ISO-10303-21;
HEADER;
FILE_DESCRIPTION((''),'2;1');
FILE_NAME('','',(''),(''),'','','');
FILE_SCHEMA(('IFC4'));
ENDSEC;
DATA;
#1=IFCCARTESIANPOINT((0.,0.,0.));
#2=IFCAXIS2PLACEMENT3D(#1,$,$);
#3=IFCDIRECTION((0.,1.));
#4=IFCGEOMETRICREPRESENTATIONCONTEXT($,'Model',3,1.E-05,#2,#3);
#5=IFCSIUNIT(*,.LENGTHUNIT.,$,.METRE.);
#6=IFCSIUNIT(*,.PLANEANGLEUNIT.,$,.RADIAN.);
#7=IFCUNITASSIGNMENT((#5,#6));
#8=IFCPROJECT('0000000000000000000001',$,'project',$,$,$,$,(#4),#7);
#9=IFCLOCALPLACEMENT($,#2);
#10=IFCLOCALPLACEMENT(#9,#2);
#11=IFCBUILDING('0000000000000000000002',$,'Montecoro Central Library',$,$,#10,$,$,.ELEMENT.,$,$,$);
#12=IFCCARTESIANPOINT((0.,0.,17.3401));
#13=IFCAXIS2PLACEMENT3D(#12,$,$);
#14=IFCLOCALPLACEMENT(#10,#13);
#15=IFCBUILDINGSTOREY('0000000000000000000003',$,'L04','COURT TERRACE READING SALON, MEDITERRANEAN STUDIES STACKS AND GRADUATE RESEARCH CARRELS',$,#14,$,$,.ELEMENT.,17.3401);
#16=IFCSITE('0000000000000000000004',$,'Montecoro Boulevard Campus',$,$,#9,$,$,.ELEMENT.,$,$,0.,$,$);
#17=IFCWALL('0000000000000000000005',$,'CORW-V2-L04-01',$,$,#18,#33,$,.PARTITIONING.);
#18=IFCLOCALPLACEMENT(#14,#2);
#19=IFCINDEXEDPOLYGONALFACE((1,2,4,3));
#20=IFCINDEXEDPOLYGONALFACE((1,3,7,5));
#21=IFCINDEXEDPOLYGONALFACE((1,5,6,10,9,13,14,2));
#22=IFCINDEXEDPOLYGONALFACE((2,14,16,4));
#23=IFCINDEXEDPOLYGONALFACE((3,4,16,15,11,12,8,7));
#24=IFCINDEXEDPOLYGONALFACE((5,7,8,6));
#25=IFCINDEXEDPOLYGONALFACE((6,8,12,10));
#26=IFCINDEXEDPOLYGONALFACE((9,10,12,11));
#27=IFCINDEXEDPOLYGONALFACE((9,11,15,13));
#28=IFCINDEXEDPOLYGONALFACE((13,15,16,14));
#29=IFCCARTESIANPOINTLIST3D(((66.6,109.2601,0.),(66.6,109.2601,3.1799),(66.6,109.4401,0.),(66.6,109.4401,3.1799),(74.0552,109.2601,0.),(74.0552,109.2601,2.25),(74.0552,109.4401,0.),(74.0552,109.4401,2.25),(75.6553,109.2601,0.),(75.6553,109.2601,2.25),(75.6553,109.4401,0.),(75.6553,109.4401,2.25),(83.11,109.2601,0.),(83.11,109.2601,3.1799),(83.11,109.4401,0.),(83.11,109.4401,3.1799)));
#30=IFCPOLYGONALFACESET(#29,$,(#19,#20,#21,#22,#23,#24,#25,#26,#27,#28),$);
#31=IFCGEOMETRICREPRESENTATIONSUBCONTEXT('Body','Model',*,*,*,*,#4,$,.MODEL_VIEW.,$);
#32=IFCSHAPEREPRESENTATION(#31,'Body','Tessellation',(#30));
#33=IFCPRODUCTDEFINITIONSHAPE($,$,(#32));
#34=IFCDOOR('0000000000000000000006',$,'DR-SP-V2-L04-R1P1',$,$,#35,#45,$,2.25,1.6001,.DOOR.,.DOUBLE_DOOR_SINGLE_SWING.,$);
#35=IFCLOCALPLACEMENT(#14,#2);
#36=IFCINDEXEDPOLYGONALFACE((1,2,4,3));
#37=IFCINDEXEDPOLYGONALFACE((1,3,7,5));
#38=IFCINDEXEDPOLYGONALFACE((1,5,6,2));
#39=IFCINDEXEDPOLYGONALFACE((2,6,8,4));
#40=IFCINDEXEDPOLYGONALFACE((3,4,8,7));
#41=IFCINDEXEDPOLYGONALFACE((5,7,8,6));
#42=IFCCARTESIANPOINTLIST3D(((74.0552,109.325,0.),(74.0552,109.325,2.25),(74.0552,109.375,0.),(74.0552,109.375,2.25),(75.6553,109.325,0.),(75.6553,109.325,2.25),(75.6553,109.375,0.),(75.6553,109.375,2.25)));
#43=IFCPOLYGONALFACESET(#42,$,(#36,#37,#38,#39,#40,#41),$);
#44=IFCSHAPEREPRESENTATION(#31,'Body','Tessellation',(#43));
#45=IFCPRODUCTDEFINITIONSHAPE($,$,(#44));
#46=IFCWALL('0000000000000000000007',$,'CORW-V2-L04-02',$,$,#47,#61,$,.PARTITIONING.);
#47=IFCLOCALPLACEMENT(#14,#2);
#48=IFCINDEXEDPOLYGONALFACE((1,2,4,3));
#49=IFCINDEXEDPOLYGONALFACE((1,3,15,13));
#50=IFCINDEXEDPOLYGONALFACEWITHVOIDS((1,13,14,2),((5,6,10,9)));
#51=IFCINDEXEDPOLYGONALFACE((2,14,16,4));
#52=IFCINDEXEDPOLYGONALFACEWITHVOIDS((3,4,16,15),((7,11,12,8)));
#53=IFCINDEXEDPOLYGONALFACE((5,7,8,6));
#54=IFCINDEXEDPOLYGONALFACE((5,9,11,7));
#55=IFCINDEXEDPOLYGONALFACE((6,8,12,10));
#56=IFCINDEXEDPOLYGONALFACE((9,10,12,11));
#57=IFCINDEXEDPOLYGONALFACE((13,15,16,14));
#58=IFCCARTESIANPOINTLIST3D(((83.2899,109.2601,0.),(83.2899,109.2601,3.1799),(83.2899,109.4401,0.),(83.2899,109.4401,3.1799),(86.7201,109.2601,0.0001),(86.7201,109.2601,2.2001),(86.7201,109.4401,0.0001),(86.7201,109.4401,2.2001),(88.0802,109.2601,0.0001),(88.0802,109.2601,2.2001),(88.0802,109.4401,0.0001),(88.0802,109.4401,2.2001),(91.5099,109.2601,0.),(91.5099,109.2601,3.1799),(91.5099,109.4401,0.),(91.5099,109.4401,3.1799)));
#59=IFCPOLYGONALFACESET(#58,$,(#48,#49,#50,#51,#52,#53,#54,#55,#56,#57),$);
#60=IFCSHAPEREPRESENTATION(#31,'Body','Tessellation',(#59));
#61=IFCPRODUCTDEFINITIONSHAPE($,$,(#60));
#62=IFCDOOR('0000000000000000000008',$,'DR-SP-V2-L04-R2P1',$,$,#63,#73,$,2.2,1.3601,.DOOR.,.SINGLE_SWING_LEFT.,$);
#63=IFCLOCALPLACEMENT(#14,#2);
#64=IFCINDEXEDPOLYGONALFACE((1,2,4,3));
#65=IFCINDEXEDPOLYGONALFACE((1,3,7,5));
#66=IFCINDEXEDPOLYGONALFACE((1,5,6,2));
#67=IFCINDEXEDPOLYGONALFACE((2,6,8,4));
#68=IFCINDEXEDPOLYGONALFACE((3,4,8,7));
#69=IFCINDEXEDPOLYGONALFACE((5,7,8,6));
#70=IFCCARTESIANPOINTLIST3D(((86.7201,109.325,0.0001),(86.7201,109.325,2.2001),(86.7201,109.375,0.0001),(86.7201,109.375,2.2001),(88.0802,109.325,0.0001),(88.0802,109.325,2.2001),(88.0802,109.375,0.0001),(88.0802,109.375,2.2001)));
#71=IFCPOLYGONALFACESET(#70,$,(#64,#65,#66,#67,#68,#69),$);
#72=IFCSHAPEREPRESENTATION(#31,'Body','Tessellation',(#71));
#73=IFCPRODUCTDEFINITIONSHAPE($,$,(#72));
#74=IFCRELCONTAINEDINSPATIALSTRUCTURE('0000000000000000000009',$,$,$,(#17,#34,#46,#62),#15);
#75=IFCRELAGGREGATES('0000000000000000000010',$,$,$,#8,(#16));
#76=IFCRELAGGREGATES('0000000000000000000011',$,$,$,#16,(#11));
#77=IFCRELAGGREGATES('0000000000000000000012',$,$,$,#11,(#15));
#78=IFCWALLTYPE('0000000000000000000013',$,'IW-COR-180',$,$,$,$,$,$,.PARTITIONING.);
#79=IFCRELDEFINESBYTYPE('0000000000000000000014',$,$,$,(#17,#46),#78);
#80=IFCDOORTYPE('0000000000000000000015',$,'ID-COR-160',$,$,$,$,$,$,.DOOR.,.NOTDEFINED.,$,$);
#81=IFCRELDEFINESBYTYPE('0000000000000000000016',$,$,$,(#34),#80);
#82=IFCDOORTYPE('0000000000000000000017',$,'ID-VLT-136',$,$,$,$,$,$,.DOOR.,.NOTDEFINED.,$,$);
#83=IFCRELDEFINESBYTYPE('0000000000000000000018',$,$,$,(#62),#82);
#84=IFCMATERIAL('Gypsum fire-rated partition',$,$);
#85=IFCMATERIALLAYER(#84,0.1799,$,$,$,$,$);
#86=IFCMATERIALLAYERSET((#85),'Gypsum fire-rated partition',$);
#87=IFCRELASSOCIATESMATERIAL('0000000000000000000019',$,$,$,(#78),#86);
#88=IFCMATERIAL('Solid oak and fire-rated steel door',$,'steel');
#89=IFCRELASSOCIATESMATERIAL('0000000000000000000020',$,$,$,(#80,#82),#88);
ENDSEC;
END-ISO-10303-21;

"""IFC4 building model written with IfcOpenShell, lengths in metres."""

from ifc_helpers import new_model, si_unit, direction, frame, frame_2d, origin, place, context, subcontext, project, spatial, rectangle, extrude, material, layer, layer_set, type_object, element, fill, save


model = new_model("IFC4")

# Units and contexts
model_context = context("Model", 3, precision=1e-05, world=origin(), true_north=direction((0.0, 1.0)))
body_context = subcontext(model_context, "Body", "Model", "MODEL_VIEW")
ifc_project = project(units=[si_unit("LENGTHUNIT", "METRE"), si_unit("PLANEANGLEUNIT", "RADIAN")], contexts=[model_context])

# Site, building, storey
site_placement = place(None, origin())
site = spatial("IfcSite", under=ifc_project, at=site_placement, Name="Montecoro Boulevard Campus", CompositionType="ELEMENT", RefElevation=0.0)
building_placement = place(site_placement, origin())
building = spatial("IfcBuilding", under=site, at=building_placement, Name="Montecoro Central Library", CompositionType="ELEMENT")
storey_placement = place(building_placement, frame((0.0, 0.0, 17.3401)))
storey = spatial("IfcBuildingStorey", under=building, at=storey_placement, Name="L04", Description="COURT TERRACE READING SALON, MEDITERRANEAN STUDIES STACKS AND GRADUATE RESEARCH CARRELS", CompositionType="ELEMENT", Elevation=17.3401)

# Walls, openings, doors
ifc_material_1 = material(Name="Gypsum fire-rated partition")
ifc_layer = layer(ifc_material_1, 0.1799)
ifc_layer_set = layer_set([ifc_layer], Name="Gypsum fire-rated partition")
wall_type = type_object("IfcWallType", Name="IW-COR-180", PredefinedType="PARTITIONING", material=ifc_layer_set)
wall_1_placement = place(storey_placement, frame((66.6001, 109.3501, 0.0), z_axis=(0.0, 0.0, 1.0), x_axis=(1.0, 0.0, 0.0)))
wall_1 = element("IfcWall", 1, at=wall_1_placement, inside=storey, type_object=wall_type, Name="CORW-V2-L04-01", PredefinedType="PARTITIONING", context=body_context, shape_type="SweptSolid", body=[
    extrude(rectangle(XDim=16.51, YDim=0.1799, at=frame_2d((8.2549, 0.0))), origin(), (0.0, 0.0, 1.0), 3.1799),
])
opening_1_placement = place(wall_1_placement, frame((7.4551, 0.0, 0.0)))
opening_1 = element("IfcOpeningElement", 2, at=opening_1_placement, cuts=wall_1, PredefinedType="OPENING", context=body_context, shape_type="SweptSolid", body=[
    extrude(rectangle(XDim=1.6001, YDim=2.25, at=frame_2d((0.8, 1.125))), frame((0.0, 0.0999, 0.0), z_axis=(0.0, -1.0, 0.0), x_axis=(1.0, 0.0, 0.0)), (0.0, 0.0, 1.0), 0.2),
])
ifc_material_2 = material(Name="Solid oak and fire-rated steel door", Category="steel")
door_type_1 = type_object("IfcDoorType", Name="ID-COR-160", OperationType="NOTDEFINED", PredefinedType="DOOR", material=ifc_material_2)
door_1_placement = place(opening_1_placement, origin())
door_1 = element("IfcDoor", 3, at=door_1_placement, inside=storey, type_object=door_type_1, Name="DR-SP-V2-L04-R1P1", OperationType="DOUBLE_DOOR_SINGLE_SWING", OverallHeight=2.25, OverallWidth=1.6001, PredefinedType="DOOR", context=body_context, shape_type="SweptSolid", body=[
    extrude(rectangle(XDim=1.6001, YDim=2.25, at=frame_2d((0.8, 1.125))), frame((0.0, 0.0249, 0.0), z_axis=(0.0, -1.0, 0.0), x_axis=(1.0, 0.0, 0.0)), (0.0, 0.0, 1.0), 0.05),
])
fill(opening_1, door_1)
wall_2_placement = place(storey_placement, frame((83.29, 109.3501, 0.0), z_axis=(0.0, 0.0, 1.0), x_axis=(1.0, 0.0, 0.0)))
wall_2 = element("IfcWall", 4, at=wall_2_placement, inside=storey, type_object=wall_type, Name="CORW-V2-L04-02", PredefinedType="PARTITIONING", context=body_context, shape_type="SweptSolid", body=[
    extrude(rectangle(XDim=8.22, YDim=0.1799, at=frame_2d((4.1099, 0.0))), origin(), (0.0, 0.0, 1.0), 3.1799),
])
opening_2_placement = place(wall_2_placement, frame((3.4299, 0.0, 0.0)))
opening_2 = element("IfcOpeningElement", 5, at=opening_2_placement, cuts=wall_2, PredefinedType="OPENING", context=body_context, shape_type="SweptSolid", body=[
    extrude(rectangle(XDim=1.3601, YDim=2.2, at=frame_2d((0.6802, 1.1001))), frame((0.0, 0.0999, 0.0), z_axis=(0.0, -1.0, 0.0), x_axis=(1.0, 0.0, 0.0)), (0.0, 0.0, 1.0), 0.2),
])
door_type_2 = type_object("IfcDoorType", Name="ID-VLT-136", OperationType="NOTDEFINED", PredefinedType="DOOR", material=ifc_material_2)
door_2_placement = place(opening_2_placement, origin())
door_2 = element("IfcDoor", 6, at=door_2_placement, inside=storey, type_object=door_type_2, Name="DR-SP-V2-L04-R2P1", OperationType="SINGLE_SWING_LEFT", OverallHeight=2.2, OverallWidth=1.3601, PredefinedType="DOOR", context=body_context, shape_type="SweptSolid", body=[
    extrude(rectangle(XDim=1.3601, YDim=2.2, at=frame_2d((0.6802, 1.1001))), frame((0.0, 0.0249, 0.0), z_axis=(0.0, -1.0, 0.0), x_axis=(1.0, 0.0, 0.0)), (0.0, 0.0, 1.0), 0.05),
])
fill(opening_2, door_2)

save(model, "model.ifc")
